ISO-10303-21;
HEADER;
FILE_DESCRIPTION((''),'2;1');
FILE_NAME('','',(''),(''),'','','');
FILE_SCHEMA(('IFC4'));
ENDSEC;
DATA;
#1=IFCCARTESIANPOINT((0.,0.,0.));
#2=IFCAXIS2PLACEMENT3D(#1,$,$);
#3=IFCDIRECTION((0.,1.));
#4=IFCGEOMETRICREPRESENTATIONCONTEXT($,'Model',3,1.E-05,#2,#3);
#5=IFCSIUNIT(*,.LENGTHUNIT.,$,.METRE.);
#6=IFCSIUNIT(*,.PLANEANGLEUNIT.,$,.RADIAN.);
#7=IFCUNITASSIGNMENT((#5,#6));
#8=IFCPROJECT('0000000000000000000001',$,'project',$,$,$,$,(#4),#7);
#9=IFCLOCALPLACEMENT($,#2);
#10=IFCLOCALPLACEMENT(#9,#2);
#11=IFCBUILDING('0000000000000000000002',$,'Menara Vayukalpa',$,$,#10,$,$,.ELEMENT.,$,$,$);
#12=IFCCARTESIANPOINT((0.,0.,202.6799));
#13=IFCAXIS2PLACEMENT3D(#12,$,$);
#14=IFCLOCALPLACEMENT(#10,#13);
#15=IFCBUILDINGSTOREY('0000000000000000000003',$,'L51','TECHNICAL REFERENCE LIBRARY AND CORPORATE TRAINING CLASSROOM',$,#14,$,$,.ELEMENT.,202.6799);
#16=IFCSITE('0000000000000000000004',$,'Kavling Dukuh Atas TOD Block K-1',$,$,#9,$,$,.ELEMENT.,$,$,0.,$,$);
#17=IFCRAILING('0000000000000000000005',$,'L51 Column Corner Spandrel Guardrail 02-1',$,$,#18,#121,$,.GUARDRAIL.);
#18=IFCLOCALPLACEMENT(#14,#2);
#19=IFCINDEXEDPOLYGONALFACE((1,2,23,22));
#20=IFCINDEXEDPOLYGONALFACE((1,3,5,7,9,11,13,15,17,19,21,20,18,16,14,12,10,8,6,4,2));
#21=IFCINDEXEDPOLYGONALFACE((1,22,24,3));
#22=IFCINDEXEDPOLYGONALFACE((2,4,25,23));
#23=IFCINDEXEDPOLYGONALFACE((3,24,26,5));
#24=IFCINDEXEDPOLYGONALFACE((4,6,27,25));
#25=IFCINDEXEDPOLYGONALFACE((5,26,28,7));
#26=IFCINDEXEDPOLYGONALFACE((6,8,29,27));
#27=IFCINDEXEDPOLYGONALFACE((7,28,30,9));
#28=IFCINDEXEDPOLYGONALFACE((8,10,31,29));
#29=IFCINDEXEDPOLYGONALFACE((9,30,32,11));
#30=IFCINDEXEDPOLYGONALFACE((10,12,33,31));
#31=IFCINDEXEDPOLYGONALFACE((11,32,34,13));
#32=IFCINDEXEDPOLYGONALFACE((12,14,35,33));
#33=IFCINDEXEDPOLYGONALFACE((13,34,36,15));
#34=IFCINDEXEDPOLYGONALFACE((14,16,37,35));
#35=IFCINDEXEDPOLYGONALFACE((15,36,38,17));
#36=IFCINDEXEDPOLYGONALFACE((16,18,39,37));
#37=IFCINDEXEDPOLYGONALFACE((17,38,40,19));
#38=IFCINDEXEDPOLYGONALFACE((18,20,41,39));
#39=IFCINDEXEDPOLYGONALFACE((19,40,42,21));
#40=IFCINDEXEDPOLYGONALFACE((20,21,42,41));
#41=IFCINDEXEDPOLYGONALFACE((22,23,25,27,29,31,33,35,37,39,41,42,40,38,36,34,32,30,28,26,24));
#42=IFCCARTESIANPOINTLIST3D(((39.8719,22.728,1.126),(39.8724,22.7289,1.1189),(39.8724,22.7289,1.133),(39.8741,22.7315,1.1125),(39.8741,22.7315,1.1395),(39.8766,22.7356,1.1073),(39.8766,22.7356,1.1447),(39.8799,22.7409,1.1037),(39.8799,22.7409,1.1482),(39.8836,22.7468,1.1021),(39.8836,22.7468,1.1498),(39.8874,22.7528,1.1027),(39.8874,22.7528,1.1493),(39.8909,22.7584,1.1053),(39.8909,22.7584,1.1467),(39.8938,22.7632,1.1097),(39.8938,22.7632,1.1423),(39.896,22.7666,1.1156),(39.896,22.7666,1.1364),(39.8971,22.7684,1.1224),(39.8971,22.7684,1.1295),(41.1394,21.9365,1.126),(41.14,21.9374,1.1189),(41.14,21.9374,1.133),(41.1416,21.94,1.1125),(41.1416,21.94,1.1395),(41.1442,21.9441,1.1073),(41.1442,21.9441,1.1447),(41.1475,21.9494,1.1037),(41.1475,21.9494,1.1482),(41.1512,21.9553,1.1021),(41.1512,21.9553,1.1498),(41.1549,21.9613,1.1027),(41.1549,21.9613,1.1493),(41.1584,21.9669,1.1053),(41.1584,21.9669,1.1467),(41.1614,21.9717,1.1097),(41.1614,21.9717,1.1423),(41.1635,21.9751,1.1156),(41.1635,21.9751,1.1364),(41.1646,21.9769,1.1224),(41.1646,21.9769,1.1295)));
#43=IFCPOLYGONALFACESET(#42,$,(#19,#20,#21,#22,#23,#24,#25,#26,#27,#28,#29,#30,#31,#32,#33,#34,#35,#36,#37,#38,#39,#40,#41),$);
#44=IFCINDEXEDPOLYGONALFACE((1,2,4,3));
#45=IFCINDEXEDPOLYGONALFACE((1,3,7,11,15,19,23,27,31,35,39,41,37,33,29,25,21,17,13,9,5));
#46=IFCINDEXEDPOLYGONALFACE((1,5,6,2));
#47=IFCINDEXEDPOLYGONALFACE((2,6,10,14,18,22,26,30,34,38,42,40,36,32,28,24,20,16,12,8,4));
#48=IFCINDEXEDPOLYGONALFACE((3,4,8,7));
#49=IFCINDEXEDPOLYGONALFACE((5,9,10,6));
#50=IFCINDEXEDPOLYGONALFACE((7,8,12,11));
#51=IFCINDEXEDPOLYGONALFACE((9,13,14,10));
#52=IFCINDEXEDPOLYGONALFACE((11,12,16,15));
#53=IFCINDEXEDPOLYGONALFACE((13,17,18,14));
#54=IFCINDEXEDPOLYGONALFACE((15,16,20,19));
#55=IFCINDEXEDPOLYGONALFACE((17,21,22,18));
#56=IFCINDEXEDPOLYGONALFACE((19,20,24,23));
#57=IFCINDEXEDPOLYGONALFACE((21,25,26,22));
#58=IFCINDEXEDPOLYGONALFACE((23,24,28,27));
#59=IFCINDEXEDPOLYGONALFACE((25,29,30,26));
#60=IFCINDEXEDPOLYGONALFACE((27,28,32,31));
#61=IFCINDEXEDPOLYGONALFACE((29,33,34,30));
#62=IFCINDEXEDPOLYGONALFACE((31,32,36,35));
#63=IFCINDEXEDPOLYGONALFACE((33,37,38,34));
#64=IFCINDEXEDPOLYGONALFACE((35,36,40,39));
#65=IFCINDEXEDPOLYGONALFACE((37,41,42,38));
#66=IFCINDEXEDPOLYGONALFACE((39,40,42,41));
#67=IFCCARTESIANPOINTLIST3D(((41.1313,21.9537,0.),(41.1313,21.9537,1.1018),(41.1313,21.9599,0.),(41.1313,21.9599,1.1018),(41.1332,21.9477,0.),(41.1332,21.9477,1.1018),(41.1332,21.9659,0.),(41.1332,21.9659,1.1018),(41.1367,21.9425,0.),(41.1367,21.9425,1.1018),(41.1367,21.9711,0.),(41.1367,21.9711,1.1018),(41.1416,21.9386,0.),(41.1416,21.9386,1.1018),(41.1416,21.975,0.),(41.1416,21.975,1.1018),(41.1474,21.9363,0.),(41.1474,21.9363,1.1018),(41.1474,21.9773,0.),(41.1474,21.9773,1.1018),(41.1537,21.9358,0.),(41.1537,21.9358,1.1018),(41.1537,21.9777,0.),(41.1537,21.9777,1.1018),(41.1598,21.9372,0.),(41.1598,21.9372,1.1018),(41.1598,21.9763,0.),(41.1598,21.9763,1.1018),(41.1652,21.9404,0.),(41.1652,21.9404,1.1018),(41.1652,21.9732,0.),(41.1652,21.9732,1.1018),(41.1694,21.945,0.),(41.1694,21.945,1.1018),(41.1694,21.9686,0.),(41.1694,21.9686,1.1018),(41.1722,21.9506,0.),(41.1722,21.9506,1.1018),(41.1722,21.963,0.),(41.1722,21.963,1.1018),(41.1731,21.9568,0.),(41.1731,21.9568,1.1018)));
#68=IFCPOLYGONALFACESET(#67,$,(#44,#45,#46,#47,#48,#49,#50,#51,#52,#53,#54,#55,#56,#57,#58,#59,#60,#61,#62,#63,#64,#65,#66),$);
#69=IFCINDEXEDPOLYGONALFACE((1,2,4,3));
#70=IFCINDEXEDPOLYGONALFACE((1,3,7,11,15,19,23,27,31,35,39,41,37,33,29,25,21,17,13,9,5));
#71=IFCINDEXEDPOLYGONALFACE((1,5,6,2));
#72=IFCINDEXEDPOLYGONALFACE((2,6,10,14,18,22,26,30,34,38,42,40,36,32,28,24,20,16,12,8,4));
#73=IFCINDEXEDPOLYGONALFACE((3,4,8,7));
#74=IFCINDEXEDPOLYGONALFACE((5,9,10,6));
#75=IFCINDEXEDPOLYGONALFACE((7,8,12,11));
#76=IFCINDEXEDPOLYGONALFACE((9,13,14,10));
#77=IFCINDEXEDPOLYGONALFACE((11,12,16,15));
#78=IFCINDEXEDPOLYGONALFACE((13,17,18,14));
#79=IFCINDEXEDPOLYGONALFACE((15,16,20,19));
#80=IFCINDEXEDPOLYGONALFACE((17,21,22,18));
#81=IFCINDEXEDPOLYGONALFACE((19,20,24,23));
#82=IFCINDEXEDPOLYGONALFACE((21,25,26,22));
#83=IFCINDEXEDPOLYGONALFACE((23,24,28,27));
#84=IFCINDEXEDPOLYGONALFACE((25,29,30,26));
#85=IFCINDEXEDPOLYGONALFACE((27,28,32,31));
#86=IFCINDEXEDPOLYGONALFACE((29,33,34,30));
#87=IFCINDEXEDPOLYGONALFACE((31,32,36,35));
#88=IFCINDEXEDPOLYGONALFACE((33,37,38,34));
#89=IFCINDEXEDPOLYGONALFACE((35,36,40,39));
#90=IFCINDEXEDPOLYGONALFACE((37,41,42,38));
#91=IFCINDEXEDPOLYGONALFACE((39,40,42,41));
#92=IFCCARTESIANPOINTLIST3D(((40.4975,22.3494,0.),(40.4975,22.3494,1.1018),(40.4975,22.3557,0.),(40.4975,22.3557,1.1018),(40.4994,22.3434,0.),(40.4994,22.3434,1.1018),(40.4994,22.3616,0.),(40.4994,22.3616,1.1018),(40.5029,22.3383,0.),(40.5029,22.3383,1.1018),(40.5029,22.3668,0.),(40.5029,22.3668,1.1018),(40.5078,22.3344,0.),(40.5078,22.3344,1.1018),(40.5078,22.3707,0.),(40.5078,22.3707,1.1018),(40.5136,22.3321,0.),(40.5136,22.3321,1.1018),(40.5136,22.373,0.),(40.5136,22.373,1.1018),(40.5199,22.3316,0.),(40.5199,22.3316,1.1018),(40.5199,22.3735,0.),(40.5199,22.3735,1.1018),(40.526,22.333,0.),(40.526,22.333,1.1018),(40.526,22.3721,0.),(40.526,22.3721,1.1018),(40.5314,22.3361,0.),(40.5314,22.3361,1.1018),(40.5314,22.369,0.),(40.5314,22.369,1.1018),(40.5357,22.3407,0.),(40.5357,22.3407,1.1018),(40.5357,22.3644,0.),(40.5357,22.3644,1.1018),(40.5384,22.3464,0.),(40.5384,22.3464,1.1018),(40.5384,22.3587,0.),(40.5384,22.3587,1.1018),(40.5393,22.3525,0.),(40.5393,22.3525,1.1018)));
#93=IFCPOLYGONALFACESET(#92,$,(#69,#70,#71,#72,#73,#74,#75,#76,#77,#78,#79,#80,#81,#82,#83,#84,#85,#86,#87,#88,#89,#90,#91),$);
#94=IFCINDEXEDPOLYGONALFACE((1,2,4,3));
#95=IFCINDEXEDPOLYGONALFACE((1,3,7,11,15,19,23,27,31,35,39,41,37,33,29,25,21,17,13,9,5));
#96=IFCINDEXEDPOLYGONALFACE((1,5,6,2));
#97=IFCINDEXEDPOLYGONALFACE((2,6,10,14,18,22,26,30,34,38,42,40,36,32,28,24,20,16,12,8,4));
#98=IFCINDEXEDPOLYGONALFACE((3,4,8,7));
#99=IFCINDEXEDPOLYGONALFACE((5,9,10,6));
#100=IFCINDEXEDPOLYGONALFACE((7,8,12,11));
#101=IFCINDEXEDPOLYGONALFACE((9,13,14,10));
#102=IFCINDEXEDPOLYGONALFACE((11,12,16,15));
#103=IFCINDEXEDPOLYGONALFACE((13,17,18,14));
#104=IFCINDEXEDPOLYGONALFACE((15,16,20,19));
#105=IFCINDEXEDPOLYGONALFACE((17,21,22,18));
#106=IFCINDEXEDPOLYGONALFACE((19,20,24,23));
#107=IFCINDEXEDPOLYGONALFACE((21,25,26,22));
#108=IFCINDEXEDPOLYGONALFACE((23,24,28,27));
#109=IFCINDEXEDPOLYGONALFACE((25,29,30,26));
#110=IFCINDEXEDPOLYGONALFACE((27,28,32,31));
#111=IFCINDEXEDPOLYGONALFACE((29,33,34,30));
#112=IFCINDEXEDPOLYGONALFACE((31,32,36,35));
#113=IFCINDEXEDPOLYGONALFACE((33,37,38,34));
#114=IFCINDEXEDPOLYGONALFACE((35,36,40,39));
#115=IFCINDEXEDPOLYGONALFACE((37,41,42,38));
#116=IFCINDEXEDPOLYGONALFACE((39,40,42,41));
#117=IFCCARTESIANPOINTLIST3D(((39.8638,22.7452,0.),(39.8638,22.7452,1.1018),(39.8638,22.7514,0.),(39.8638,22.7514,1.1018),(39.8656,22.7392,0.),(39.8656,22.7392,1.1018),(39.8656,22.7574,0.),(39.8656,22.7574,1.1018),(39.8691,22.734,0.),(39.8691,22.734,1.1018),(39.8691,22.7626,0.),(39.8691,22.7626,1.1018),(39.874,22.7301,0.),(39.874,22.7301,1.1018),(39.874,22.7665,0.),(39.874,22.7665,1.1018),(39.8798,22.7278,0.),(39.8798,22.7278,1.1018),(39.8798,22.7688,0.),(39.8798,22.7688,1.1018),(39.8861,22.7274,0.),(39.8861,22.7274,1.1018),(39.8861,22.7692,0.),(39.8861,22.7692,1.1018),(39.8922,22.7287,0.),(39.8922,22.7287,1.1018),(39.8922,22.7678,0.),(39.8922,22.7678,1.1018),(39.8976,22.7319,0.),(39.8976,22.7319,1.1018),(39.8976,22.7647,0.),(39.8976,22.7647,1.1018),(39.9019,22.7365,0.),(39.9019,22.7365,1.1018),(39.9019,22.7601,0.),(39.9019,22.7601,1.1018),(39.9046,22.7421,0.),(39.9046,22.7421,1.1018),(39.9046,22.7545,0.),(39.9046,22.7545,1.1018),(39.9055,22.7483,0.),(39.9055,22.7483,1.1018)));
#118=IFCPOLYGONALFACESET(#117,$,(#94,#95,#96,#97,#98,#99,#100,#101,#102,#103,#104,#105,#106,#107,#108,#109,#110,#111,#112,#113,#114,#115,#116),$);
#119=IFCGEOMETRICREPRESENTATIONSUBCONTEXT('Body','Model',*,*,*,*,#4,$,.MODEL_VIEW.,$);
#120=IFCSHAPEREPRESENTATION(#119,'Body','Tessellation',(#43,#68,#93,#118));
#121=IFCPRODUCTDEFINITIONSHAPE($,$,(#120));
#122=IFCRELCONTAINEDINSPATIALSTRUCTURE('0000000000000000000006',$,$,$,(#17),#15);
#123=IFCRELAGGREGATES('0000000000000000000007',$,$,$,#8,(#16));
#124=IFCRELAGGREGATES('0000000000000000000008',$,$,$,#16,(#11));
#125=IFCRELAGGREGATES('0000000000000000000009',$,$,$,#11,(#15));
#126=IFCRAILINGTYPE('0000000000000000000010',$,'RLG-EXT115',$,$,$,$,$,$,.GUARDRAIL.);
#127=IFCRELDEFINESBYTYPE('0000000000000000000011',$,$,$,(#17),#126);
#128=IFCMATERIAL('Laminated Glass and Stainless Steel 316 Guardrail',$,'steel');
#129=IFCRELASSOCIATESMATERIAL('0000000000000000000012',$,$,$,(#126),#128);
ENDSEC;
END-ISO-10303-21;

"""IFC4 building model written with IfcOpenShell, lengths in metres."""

from ifc_helpers import new_model, si_unit, direction, frame, origin, origin_2d, place, context, subcontext, project, spatial, circle, extrude, material, type_object, element, save


model = new_model("IFC4")

# Units and contexts
model_context = context("Model", 3, precision=1e-05, world=origin(), true_north=direction((0.0, 1.0)))
body_context = subcontext(model_context, "Body", "Model", "MODEL_VIEW")
ifc_project = project(units=[si_unit("LENGTHUNIT", "METRE"), si_unit("PLANEANGLEUNIT", "RADIAN")], contexts=[model_context])

# Site, building, storey
site_placement = place(None, origin())
site = spatial("IfcSite", under=ifc_project, at=site_placement, Name="Kavling Dukuh Atas TOD Block K-1", CompositionType="ELEMENT", RefElevation=0.0)
building_placement = place(site_placement, origin())
building = spatial("IfcBuilding", under=site, at=building_placement, Name="Menara Vayukalpa", CompositionType="ELEMENT")
storey_placement = place(building_placement, frame((0.0, 0.0, 202.6799)))
storey = spatial("IfcBuildingStorey", under=building, at=storey_placement, Name="L51", Description="TECHNICAL REFERENCE LIBRARY AND CORPORATE TRAINING CLASSROOM", CompositionType="ELEMENT", Elevation=202.6799)

# Railing
ifc_material_1 = material(Name="Laminated Glass and Stainless Steel 316 Guardrail", Category="steel")
railing_type_1 = type_object("IfcRailingType", Name="RLG-EXT115", PredefinedType="GUARDRAIL", material=ifc_material_1)
railing_1_placement = place(storey_placement, frame((41.1521, 21.9568, 0.0)))
element("IfcRailing", 1, at=railing_1_placement, inside=storey, type_object=railing_type_1, Name="L51 Column Corner Spandrel Guardrail 02-1", PredefinedType="GUARDRAIL", context=body_context, shape_type="SweptSolid", body=[
    extrude(circle(Radius=0.0239, at=origin_2d()), frame((0.0, 0.0, 1.126), z_axis=(-0.848219, 0.529646, 0.0), x_axis=(-0.529646, -0.848219, 0.0)), (0.0, 0.0, 1.0), 1.4944),
    extrude(circle(Radius=0.021, at=origin_2d()), origin(), (0.0, 0.0, 1.0), 1.1018),
    extrude(circle(Radius=0.021, at=origin_2d()), frame((-0.6338, 0.3958, 0.0)), (0.0, 0.0, 1.0), 1.1018),
    extrude(circle(Radius=0.021, at=origin_2d()), frame((-1.2676, 0.7915, 0.0)), (0.0, 0.0, 1.0), 1.1018),
])

save(model, "model.ifc")
